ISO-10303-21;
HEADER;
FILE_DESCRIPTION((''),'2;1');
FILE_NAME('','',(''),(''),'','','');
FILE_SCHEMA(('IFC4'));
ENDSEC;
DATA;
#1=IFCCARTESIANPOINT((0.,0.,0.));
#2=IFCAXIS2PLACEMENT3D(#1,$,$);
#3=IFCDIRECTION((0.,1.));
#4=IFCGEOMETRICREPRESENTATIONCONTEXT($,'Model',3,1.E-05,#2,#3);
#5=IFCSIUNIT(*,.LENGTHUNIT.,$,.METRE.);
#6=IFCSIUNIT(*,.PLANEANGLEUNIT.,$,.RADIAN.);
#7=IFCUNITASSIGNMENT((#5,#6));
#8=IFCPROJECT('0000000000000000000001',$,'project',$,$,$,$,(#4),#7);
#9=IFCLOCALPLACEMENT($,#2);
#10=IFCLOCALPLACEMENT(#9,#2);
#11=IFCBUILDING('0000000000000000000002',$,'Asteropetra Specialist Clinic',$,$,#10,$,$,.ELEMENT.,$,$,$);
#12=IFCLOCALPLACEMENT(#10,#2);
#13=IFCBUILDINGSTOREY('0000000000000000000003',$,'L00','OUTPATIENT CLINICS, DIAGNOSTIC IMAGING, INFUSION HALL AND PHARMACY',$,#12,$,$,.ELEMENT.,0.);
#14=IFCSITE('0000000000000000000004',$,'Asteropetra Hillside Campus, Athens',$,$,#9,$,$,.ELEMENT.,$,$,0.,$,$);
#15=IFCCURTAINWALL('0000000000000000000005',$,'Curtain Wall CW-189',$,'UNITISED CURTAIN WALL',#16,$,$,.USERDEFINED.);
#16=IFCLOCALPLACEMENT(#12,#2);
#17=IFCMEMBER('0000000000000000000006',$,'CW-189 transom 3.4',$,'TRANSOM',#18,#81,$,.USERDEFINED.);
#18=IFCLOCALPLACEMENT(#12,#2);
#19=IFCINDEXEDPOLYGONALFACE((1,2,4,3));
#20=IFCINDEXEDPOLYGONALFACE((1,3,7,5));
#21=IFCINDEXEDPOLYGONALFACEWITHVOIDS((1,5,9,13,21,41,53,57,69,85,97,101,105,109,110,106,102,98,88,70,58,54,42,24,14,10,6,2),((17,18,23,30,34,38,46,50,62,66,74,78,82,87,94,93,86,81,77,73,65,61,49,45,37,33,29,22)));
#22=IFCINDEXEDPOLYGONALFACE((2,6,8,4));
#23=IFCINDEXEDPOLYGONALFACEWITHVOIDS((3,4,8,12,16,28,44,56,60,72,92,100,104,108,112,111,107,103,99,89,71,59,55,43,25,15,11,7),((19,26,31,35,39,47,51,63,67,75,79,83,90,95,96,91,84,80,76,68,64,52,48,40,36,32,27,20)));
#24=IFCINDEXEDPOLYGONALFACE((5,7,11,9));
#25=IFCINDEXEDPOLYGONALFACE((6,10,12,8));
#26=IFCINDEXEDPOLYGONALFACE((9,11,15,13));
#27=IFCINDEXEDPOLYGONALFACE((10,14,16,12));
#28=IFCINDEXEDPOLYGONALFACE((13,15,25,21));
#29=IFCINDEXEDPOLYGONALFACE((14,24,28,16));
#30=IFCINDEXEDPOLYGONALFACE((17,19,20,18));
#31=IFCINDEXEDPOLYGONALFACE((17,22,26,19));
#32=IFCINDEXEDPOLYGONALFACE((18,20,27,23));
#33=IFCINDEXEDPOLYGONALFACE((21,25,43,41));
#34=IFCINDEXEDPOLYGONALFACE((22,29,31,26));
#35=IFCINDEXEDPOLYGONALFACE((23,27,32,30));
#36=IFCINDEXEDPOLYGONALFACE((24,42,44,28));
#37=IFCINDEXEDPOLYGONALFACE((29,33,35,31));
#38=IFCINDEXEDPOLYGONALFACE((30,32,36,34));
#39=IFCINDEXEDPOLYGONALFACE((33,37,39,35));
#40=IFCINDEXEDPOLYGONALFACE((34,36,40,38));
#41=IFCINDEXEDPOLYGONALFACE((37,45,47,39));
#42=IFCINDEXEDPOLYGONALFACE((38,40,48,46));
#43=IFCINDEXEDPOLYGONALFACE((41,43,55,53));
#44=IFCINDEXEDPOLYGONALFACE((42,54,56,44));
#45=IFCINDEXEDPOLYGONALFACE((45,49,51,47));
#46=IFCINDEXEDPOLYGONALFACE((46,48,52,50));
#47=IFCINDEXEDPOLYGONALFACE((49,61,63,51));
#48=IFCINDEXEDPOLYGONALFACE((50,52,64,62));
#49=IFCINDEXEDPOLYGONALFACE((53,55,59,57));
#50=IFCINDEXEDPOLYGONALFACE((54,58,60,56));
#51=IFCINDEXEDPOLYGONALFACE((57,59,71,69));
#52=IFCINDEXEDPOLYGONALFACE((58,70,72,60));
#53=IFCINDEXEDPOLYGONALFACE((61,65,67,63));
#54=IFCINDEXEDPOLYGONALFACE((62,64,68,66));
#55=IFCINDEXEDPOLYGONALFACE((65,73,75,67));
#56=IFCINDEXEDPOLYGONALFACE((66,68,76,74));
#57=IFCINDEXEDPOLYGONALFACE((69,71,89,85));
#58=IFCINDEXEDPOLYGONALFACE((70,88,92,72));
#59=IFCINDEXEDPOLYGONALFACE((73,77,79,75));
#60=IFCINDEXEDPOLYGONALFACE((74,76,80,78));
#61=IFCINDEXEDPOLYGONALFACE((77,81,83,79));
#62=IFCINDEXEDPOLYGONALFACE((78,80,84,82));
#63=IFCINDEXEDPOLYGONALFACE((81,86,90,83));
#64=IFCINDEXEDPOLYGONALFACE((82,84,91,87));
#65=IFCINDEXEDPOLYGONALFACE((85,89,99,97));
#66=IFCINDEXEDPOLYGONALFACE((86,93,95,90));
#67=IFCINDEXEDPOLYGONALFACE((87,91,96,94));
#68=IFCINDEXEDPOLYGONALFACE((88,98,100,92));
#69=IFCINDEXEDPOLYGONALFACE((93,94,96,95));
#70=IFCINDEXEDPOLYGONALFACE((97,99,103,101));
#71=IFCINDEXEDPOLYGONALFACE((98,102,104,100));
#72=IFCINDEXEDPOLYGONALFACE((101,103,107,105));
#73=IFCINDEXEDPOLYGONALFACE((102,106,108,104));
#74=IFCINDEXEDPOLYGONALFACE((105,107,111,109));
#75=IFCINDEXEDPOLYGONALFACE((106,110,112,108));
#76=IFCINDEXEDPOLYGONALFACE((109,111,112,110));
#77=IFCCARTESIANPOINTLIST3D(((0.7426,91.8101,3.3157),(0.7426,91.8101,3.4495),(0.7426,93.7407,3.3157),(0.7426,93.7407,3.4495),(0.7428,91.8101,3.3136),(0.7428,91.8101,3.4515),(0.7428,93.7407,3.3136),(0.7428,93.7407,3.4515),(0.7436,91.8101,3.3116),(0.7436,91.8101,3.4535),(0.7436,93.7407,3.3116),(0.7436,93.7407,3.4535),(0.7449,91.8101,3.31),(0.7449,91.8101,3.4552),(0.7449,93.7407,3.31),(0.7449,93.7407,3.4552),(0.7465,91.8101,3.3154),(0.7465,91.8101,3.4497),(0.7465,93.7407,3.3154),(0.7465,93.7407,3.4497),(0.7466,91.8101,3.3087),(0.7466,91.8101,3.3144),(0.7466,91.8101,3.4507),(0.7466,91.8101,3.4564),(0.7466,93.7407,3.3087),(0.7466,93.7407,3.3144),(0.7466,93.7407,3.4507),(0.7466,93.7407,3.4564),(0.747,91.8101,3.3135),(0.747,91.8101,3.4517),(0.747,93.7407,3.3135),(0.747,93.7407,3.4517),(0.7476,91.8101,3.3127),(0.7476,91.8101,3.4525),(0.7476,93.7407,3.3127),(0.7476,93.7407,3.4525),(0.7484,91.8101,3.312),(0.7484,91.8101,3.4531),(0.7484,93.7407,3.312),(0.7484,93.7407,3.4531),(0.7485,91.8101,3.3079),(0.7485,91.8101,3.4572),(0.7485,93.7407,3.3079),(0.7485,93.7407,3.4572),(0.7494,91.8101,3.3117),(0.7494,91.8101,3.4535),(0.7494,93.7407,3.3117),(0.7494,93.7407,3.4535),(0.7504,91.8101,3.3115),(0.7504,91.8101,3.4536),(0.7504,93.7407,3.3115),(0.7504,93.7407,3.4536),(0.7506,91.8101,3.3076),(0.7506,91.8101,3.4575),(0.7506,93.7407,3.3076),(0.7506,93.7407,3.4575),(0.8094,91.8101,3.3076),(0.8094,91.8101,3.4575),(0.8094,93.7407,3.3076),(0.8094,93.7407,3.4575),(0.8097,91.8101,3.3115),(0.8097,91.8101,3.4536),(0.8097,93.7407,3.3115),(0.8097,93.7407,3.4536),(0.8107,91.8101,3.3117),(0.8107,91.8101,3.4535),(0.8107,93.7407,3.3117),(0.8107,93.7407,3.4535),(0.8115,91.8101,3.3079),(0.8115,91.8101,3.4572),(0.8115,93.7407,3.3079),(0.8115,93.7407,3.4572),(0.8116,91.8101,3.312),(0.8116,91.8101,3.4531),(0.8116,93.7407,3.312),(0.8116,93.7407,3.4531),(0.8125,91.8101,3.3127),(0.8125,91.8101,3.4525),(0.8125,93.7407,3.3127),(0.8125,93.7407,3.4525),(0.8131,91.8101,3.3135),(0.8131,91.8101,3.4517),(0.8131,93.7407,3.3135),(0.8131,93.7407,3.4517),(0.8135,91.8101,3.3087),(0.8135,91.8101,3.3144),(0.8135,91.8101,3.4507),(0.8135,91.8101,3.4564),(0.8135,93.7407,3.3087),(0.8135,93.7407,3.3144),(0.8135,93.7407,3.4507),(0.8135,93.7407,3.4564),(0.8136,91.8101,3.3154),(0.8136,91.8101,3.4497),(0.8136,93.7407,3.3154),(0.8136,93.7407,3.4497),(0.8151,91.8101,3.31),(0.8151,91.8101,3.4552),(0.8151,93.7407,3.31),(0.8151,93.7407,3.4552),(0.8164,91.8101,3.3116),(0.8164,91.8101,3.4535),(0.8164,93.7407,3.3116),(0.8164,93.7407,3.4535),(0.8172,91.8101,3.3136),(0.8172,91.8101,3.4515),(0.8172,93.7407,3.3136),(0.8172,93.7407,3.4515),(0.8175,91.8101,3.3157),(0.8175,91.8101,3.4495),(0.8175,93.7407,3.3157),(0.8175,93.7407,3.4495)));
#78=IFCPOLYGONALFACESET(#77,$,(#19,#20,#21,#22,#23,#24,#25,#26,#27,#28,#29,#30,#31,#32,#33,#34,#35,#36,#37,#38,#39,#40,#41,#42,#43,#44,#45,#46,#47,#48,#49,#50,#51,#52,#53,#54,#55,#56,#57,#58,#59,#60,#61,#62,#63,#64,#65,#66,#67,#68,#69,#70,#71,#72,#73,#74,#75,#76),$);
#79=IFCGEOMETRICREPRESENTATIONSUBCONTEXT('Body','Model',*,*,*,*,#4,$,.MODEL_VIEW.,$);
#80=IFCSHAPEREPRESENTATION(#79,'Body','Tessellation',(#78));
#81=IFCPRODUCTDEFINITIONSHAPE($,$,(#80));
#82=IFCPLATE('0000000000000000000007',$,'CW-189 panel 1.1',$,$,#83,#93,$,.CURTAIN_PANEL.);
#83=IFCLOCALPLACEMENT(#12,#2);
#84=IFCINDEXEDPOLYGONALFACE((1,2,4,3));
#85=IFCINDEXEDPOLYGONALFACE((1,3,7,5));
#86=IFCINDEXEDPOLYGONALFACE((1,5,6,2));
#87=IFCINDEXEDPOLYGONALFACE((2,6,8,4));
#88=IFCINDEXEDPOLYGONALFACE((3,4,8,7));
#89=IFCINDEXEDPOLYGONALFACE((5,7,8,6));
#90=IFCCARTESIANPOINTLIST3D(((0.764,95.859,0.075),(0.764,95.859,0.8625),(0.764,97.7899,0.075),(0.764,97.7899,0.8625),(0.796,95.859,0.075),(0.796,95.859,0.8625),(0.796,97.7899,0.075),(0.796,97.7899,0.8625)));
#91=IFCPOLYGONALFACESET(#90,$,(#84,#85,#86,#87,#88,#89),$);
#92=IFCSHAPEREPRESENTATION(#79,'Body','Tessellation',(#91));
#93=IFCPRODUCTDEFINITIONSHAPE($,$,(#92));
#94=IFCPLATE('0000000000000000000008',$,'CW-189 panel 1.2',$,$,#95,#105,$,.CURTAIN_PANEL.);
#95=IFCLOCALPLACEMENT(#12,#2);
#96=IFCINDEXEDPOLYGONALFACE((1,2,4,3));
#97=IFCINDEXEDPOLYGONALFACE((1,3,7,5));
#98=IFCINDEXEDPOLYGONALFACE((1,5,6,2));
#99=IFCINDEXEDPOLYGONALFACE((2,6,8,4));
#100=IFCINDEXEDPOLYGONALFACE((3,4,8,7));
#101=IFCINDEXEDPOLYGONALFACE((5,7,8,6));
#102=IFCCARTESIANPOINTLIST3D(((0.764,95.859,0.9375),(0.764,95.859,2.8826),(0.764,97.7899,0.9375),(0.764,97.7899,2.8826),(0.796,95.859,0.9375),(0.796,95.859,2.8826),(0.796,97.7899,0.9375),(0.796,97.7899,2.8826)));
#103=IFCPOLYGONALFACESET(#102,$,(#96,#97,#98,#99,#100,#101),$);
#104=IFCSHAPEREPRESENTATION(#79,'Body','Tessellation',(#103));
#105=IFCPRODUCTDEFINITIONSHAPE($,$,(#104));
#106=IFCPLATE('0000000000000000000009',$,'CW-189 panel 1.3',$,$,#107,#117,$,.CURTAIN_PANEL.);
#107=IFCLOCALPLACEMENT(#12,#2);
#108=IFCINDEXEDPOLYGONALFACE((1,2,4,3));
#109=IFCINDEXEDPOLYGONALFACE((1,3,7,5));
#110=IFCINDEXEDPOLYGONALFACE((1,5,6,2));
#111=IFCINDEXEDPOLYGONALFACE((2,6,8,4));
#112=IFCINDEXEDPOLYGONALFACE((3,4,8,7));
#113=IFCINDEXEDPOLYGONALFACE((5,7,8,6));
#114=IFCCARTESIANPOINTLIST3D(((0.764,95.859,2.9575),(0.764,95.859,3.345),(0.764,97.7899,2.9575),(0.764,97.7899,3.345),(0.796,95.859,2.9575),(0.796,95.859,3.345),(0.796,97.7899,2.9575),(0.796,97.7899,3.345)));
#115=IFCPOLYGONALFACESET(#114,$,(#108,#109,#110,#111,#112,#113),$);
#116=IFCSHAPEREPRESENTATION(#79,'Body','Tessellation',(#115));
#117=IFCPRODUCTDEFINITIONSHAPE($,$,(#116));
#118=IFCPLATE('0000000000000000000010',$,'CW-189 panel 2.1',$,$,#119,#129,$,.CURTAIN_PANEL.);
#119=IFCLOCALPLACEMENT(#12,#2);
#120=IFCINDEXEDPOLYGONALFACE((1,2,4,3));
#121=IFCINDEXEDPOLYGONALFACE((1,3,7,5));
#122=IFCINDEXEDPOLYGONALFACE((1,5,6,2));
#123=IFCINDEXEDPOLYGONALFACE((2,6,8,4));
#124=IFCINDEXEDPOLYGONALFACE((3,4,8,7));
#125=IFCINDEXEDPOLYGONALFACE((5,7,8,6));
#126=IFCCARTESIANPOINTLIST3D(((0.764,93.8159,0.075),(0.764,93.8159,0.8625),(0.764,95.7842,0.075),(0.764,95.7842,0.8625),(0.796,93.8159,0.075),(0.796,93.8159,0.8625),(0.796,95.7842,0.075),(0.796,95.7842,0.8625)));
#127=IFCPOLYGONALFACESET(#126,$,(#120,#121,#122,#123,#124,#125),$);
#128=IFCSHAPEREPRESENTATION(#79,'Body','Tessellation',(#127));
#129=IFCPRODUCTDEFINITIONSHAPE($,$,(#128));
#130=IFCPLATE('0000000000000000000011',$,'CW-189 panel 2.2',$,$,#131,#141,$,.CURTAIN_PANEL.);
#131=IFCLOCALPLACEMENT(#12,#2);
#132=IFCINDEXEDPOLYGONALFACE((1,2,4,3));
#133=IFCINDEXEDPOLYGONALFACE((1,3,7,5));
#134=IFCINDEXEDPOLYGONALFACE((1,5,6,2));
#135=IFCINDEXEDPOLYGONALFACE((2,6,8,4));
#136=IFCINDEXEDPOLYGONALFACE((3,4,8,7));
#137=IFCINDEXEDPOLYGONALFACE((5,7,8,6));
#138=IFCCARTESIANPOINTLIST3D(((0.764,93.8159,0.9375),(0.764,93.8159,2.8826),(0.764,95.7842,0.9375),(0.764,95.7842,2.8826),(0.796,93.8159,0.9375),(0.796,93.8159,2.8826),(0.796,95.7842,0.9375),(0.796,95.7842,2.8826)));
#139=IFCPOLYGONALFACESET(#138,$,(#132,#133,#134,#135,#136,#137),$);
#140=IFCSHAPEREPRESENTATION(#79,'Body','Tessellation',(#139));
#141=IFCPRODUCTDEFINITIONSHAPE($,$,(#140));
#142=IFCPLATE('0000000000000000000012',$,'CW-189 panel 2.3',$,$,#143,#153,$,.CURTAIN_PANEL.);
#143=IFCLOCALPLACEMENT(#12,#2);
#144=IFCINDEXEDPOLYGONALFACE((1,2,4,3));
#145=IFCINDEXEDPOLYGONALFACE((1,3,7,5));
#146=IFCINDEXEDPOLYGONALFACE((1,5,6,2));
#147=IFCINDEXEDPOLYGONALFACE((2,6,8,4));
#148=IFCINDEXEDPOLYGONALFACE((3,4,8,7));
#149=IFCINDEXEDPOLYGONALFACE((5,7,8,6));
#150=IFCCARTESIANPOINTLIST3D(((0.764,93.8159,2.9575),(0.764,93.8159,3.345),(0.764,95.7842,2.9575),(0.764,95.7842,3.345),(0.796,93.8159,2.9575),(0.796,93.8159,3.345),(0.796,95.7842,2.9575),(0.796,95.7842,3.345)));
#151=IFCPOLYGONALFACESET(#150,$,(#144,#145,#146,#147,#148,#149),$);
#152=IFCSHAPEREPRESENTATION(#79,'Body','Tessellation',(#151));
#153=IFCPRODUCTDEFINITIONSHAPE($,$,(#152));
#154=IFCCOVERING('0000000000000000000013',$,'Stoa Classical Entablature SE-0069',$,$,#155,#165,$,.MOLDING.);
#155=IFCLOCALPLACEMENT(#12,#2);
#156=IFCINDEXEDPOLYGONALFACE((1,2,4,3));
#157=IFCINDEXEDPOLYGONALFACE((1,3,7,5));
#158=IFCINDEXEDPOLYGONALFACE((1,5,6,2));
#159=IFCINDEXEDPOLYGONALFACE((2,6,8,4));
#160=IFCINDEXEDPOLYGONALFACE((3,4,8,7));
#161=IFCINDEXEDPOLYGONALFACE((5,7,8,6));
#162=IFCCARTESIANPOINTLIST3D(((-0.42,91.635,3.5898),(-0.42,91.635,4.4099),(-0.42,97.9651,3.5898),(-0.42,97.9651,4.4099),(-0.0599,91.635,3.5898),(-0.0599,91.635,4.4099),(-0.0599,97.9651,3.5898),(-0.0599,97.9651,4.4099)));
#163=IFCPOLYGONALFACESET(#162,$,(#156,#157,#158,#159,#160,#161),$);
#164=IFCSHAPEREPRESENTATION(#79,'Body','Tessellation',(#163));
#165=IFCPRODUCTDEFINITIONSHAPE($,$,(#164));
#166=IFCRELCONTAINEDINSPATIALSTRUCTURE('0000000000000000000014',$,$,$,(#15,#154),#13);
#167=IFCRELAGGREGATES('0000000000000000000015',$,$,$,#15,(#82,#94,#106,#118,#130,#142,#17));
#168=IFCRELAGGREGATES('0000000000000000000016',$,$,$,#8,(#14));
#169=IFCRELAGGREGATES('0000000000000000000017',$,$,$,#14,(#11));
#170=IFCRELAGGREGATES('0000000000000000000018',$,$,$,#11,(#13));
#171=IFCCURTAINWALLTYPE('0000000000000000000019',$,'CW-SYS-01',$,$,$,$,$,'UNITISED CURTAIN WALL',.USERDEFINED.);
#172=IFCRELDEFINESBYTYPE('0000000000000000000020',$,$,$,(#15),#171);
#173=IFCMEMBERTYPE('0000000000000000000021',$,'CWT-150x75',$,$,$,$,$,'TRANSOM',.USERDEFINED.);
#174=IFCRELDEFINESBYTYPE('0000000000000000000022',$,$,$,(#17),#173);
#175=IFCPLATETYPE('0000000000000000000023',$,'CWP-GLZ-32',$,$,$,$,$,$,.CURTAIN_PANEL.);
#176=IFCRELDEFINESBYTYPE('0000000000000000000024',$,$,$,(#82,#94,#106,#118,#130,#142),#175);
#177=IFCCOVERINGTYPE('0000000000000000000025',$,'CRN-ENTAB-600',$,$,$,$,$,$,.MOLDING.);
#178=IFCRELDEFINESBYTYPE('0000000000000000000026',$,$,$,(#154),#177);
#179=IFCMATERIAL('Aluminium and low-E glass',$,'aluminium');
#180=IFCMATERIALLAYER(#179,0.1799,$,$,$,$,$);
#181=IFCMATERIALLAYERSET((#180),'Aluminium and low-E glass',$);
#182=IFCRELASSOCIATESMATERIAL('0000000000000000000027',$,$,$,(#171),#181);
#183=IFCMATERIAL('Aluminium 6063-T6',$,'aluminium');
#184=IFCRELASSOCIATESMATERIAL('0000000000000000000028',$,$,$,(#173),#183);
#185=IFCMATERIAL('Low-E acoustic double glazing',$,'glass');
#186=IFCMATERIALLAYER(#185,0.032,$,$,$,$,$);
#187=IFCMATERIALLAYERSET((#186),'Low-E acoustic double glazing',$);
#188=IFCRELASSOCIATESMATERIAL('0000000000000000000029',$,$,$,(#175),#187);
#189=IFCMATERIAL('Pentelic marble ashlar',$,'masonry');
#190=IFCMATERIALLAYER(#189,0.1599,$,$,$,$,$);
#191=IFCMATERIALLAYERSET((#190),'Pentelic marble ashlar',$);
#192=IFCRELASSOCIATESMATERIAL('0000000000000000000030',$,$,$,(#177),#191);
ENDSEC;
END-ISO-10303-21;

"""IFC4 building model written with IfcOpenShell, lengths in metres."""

from ifc_helpers import new_model, si_unit, direction, frame, origin, origin_2d, place, context, subcontext, project, spatial, rectangle, hollow_rectangle, extrude, material, layer, layer_set, material_profile, profile_set, type_object, element, aggregate, save


model = new_model("IFC4")

# Units and contexts
model_context = context("Model", 3, precision=1e-05, world=origin(), true_north=direction((0.0, 1.0)))
body_context = subcontext(model_context, "Body", "Model", "MODEL_VIEW")
ifc_project = project(units=[si_unit("LENGTHUNIT", "METRE"), si_unit("PLANEANGLEUNIT", "RADIAN")], contexts=[model_context])

# Site, building, storey
site_placement = place(None, origin())
site = spatial("IfcSite", under=ifc_project, at=site_placement, Name="Asteropetra Hillside Campus, Athens", CompositionType="ELEMENT", RefElevation=0.0)
building_placement = place(site_placement, origin())
building = spatial("IfcBuilding", under=site, at=building_placement, Name="Asteropetra Specialist Clinic", CompositionType="ELEMENT")
storey_placement = place(building_placement, origin())
storey = spatial("IfcBuildingStorey", under=building, at=storey_placement, Name="L00", Description="OUTPATIENT CLINICS, DIAGNOSTIC IMAGING, INFUSION HALL AND PHARMACY", CompositionType="ELEMENT", Elevation=0.0)

# Curtain wall, member, plates
ifc_material_1 = material(Name="Aluminium and low-E glass", Category="aluminium")
ifc_layer_1 = layer(ifc_material_1, 0.1799)
ifc_layer_set_1 = layer_set([ifc_layer_1], Name="Aluminium and low-E glass")
curtain_wall_type = type_object("IfcCurtainWallType", Name="CW-SYS-01", ElementType="UNITISED CURTAIN WALL", PredefinedType="USERDEFINED", material=ifc_layer_set_1)
curtain_wall_placement = place(storey_placement, origin())
curtain_wall = element("IfcCurtainWall", 1, at=curtain_wall_placement, inside=storey, type_object=curtain_wall_type, Name="Curtain Wall CW-189", ObjectType="UNITISED CURTAIN WALL", PredefinedType="USERDEFINED")
ifc_material_2 = material(Name="Aluminium 6063-T6", Category="aluminium")
ifc_material_profile_1 = material_profile(ifc_material_2, hollow_rectangle(XDim=0.075, YDim=0.1499, WallThickness=0.0039, InnerFilletRadius=0.0039, OuterFilletRadius=0.0081, at=origin_2d()), Name="TRN 150x75x4.0")
ifc_profile_set_1 = profile_set([ifc_material_profile_1], Name="Aluminium 6063-T6")
member_type_1 = type_object("IfcMemberType", Name="CWT-150x75", ElementType="TRANSOM", PredefinedType="USERDEFINED", material=ifc_profile_set_1)
member_1_placement = place(storey_placement, frame((0.78, 93.7407, 3.3826), z_axis=(0.0, -1.0, 0.0), x_axis=(1.0, 0.0, 0.0)))
member_1 = element("IfcMember", 2, at=member_1_placement, type_object=member_type_1, Name="CW-189 transom 3.4", ObjectType="TRANSOM", PredefinedType="USERDEFINED", context=body_context, shape_type="SweptSolid", body=[
    extrude(hollow_rectangle(XDim=0.075, YDim=0.1499, WallThickness=0.0039, InnerFilletRadius=0.0039, OuterFilletRadius=0.0081, at=origin_2d()), origin(), (0.0, 0.0, 1.0), 1.9307),
])
ifc_material_3 = material(Name="Low-E acoustic double glazing", Category="glass")
ifc_layer_2 = layer(ifc_material_3, 0.032)
ifc_layer_set_2 = layer_set([ifc_layer_2], Name="Low-E acoustic double glazing")
plate_type = type_object("IfcPlateType", Name="CWP-GLZ-32", PredefinedType="CURTAIN_PANEL", material=ifc_layer_set_2)
plate_1_placement = place(storey_placement, frame((0.78, 96.8245, 0.075), z_axis=(0.0, 0.0, 1.0), x_axis=(0.0, -1.0, 0.0)))
plate_1 = element("IfcPlate", 3, at=plate_1_placement, type_object=plate_type, Name="CW-189 panel 1.1", PredefinedType="CURTAIN_PANEL", context=body_context, shape_type="SweptSolid", body=[
    extrude(rectangle(XDim=1.9309, YDim=0.032, at=origin_2d()), origin(), (0.0, 0.0, 1.0), 0.7876),
])
plate_2_placement = place(storey_placement, frame((0.78, 96.8245, 0.9375), z_axis=(0.0, 0.0, 1.0), x_axis=(0.0, -1.0, 0.0)))
plate_2 = element("IfcPlate", 4, at=plate_2_placement, type_object=plate_type, Name="CW-189 panel 1.2", PredefinedType="CURTAIN_PANEL", context=body_context, shape_type="SweptSolid", body=[
    extrude(rectangle(XDim=1.9309, YDim=0.032, at=origin_2d()), origin(), (0.0, 0.0, 1.0), 1.9451),
])
plate_3_placement = place(storey_placement, frame((0.78, 96.8245, 2.9575), z_axis=(0.0, 0.0, 1.0), x_axis=(0.0, -1.0, 0.0)))
plate_3 = element("IfcPlate", 5, at=plate_3_placement, type_object=plate_type, Name="CW-189 panel 1.3", PredefinedType="CURTAIN_PANEL", context=body_context, shape_type="SweptSolid", body=[
    extrude(rectangle(XDim=1.9309, YDim=0.032, at=origin_2d()), origin(), (0.0, 0.0, 1.0), 0.3875),
])
plate_4_placement = place(storey_placement, frame((0.78, 94.8, 0.075), z_axis=(0.0, 0.0, 1.0), x_axis=(0.0, -1.0, 0.0)))
plate_4 = element("IfcPlate", 6, at=plate_4_placement, type_object=plate_type, Name="CW-189 panel 2.1", PredefinedType="CURTAIN_PANEL", context=body_context, shape_type="SweptSolid", body=[
    extrude(rectangle(XDim=1.9683, YDim=0.032, at=origin_2d()), origin(), (0.0, 0.0, 1.0), 0.7876),
])
plate_5_placement = place(storey_placement, frame((0.78, 94.8, 0.9375), z_axis=(0.0, 0.0, 1.0), x_axis=(0.0, -1.0, 0.0)))
plate_5 = element("IfcPlate", 7, at=plate_5_placement, type_object=plate_type, Name="CW-189 panel 2.2", PredefinedType="CURTAIN_PANEL", context=body_context, shape_type="SweptSolid", body=[
    extrude(rectangle(XDim=1.9683, YDim=0.032, at=origin_2d()), origin(), (0.0, 0.0, 1.0), 1.9451),
])
plate_6_placement = place(storey_placement, frame((0.78, 94.8, 2.9575), z_axis=(0.0, 0.0, 1.0), x_axis=(0.0, -1.0, 0.0)))
plate_6 = element("IfcPlate", 8, at=plate_6_placement, type_object=plate_type, Name="CW-189 panel 2.3", PredefinedType="CURTAIN_PANEL", context=body_context, shape_type="SweptSolid", body=[
    extrude(rectangle(XDim=1.9683, YDim=0.032, at=origin_2d()), origin(), (0.0, 0.0, 1.0), 0.3875),
])
aggregate(curtain_wall, [plate_1, plate_2, plate_3, plate_4, plate_5, plate_6, member_1])

# Covering
ifc_material_4 = material(Name="Pentelic marble ashlar", Category="masonry")
ifc_layer_3 = layer(ifc_material_4, 0.1599)
ifc_layer_set_3 = layer_set([ifc_layer_3], Name="Pentelic marble ashlar")
covering_type = type_object("IfcCoveringType", Name="CRN-ENTAB-600", PredefinedType="MOLDING", material=ifc_layer_set_3)
covering_placement = place(storey_placement, frame((-0.24, 94.8, 3.5898), z_axis=(0.0, 0.0, 1.0), x_axis=(1.0, 0.0, 0.0)))
element("IfcCovering", 9, at=covering_placement, inside=storey, type_object=covering_type, Name="Stoa Classical Entablature SE-0069", PredefinedType="MOLDING", context=body_context, shape_type="SweptSolid", body=[
    extrude(rectangle(XDim=0.3601, YDim=6.3301, at=origin_2d()), origin(), (0.0, 0.0, 1.0), 0.8201),
])

save(model, "model.ifc")
